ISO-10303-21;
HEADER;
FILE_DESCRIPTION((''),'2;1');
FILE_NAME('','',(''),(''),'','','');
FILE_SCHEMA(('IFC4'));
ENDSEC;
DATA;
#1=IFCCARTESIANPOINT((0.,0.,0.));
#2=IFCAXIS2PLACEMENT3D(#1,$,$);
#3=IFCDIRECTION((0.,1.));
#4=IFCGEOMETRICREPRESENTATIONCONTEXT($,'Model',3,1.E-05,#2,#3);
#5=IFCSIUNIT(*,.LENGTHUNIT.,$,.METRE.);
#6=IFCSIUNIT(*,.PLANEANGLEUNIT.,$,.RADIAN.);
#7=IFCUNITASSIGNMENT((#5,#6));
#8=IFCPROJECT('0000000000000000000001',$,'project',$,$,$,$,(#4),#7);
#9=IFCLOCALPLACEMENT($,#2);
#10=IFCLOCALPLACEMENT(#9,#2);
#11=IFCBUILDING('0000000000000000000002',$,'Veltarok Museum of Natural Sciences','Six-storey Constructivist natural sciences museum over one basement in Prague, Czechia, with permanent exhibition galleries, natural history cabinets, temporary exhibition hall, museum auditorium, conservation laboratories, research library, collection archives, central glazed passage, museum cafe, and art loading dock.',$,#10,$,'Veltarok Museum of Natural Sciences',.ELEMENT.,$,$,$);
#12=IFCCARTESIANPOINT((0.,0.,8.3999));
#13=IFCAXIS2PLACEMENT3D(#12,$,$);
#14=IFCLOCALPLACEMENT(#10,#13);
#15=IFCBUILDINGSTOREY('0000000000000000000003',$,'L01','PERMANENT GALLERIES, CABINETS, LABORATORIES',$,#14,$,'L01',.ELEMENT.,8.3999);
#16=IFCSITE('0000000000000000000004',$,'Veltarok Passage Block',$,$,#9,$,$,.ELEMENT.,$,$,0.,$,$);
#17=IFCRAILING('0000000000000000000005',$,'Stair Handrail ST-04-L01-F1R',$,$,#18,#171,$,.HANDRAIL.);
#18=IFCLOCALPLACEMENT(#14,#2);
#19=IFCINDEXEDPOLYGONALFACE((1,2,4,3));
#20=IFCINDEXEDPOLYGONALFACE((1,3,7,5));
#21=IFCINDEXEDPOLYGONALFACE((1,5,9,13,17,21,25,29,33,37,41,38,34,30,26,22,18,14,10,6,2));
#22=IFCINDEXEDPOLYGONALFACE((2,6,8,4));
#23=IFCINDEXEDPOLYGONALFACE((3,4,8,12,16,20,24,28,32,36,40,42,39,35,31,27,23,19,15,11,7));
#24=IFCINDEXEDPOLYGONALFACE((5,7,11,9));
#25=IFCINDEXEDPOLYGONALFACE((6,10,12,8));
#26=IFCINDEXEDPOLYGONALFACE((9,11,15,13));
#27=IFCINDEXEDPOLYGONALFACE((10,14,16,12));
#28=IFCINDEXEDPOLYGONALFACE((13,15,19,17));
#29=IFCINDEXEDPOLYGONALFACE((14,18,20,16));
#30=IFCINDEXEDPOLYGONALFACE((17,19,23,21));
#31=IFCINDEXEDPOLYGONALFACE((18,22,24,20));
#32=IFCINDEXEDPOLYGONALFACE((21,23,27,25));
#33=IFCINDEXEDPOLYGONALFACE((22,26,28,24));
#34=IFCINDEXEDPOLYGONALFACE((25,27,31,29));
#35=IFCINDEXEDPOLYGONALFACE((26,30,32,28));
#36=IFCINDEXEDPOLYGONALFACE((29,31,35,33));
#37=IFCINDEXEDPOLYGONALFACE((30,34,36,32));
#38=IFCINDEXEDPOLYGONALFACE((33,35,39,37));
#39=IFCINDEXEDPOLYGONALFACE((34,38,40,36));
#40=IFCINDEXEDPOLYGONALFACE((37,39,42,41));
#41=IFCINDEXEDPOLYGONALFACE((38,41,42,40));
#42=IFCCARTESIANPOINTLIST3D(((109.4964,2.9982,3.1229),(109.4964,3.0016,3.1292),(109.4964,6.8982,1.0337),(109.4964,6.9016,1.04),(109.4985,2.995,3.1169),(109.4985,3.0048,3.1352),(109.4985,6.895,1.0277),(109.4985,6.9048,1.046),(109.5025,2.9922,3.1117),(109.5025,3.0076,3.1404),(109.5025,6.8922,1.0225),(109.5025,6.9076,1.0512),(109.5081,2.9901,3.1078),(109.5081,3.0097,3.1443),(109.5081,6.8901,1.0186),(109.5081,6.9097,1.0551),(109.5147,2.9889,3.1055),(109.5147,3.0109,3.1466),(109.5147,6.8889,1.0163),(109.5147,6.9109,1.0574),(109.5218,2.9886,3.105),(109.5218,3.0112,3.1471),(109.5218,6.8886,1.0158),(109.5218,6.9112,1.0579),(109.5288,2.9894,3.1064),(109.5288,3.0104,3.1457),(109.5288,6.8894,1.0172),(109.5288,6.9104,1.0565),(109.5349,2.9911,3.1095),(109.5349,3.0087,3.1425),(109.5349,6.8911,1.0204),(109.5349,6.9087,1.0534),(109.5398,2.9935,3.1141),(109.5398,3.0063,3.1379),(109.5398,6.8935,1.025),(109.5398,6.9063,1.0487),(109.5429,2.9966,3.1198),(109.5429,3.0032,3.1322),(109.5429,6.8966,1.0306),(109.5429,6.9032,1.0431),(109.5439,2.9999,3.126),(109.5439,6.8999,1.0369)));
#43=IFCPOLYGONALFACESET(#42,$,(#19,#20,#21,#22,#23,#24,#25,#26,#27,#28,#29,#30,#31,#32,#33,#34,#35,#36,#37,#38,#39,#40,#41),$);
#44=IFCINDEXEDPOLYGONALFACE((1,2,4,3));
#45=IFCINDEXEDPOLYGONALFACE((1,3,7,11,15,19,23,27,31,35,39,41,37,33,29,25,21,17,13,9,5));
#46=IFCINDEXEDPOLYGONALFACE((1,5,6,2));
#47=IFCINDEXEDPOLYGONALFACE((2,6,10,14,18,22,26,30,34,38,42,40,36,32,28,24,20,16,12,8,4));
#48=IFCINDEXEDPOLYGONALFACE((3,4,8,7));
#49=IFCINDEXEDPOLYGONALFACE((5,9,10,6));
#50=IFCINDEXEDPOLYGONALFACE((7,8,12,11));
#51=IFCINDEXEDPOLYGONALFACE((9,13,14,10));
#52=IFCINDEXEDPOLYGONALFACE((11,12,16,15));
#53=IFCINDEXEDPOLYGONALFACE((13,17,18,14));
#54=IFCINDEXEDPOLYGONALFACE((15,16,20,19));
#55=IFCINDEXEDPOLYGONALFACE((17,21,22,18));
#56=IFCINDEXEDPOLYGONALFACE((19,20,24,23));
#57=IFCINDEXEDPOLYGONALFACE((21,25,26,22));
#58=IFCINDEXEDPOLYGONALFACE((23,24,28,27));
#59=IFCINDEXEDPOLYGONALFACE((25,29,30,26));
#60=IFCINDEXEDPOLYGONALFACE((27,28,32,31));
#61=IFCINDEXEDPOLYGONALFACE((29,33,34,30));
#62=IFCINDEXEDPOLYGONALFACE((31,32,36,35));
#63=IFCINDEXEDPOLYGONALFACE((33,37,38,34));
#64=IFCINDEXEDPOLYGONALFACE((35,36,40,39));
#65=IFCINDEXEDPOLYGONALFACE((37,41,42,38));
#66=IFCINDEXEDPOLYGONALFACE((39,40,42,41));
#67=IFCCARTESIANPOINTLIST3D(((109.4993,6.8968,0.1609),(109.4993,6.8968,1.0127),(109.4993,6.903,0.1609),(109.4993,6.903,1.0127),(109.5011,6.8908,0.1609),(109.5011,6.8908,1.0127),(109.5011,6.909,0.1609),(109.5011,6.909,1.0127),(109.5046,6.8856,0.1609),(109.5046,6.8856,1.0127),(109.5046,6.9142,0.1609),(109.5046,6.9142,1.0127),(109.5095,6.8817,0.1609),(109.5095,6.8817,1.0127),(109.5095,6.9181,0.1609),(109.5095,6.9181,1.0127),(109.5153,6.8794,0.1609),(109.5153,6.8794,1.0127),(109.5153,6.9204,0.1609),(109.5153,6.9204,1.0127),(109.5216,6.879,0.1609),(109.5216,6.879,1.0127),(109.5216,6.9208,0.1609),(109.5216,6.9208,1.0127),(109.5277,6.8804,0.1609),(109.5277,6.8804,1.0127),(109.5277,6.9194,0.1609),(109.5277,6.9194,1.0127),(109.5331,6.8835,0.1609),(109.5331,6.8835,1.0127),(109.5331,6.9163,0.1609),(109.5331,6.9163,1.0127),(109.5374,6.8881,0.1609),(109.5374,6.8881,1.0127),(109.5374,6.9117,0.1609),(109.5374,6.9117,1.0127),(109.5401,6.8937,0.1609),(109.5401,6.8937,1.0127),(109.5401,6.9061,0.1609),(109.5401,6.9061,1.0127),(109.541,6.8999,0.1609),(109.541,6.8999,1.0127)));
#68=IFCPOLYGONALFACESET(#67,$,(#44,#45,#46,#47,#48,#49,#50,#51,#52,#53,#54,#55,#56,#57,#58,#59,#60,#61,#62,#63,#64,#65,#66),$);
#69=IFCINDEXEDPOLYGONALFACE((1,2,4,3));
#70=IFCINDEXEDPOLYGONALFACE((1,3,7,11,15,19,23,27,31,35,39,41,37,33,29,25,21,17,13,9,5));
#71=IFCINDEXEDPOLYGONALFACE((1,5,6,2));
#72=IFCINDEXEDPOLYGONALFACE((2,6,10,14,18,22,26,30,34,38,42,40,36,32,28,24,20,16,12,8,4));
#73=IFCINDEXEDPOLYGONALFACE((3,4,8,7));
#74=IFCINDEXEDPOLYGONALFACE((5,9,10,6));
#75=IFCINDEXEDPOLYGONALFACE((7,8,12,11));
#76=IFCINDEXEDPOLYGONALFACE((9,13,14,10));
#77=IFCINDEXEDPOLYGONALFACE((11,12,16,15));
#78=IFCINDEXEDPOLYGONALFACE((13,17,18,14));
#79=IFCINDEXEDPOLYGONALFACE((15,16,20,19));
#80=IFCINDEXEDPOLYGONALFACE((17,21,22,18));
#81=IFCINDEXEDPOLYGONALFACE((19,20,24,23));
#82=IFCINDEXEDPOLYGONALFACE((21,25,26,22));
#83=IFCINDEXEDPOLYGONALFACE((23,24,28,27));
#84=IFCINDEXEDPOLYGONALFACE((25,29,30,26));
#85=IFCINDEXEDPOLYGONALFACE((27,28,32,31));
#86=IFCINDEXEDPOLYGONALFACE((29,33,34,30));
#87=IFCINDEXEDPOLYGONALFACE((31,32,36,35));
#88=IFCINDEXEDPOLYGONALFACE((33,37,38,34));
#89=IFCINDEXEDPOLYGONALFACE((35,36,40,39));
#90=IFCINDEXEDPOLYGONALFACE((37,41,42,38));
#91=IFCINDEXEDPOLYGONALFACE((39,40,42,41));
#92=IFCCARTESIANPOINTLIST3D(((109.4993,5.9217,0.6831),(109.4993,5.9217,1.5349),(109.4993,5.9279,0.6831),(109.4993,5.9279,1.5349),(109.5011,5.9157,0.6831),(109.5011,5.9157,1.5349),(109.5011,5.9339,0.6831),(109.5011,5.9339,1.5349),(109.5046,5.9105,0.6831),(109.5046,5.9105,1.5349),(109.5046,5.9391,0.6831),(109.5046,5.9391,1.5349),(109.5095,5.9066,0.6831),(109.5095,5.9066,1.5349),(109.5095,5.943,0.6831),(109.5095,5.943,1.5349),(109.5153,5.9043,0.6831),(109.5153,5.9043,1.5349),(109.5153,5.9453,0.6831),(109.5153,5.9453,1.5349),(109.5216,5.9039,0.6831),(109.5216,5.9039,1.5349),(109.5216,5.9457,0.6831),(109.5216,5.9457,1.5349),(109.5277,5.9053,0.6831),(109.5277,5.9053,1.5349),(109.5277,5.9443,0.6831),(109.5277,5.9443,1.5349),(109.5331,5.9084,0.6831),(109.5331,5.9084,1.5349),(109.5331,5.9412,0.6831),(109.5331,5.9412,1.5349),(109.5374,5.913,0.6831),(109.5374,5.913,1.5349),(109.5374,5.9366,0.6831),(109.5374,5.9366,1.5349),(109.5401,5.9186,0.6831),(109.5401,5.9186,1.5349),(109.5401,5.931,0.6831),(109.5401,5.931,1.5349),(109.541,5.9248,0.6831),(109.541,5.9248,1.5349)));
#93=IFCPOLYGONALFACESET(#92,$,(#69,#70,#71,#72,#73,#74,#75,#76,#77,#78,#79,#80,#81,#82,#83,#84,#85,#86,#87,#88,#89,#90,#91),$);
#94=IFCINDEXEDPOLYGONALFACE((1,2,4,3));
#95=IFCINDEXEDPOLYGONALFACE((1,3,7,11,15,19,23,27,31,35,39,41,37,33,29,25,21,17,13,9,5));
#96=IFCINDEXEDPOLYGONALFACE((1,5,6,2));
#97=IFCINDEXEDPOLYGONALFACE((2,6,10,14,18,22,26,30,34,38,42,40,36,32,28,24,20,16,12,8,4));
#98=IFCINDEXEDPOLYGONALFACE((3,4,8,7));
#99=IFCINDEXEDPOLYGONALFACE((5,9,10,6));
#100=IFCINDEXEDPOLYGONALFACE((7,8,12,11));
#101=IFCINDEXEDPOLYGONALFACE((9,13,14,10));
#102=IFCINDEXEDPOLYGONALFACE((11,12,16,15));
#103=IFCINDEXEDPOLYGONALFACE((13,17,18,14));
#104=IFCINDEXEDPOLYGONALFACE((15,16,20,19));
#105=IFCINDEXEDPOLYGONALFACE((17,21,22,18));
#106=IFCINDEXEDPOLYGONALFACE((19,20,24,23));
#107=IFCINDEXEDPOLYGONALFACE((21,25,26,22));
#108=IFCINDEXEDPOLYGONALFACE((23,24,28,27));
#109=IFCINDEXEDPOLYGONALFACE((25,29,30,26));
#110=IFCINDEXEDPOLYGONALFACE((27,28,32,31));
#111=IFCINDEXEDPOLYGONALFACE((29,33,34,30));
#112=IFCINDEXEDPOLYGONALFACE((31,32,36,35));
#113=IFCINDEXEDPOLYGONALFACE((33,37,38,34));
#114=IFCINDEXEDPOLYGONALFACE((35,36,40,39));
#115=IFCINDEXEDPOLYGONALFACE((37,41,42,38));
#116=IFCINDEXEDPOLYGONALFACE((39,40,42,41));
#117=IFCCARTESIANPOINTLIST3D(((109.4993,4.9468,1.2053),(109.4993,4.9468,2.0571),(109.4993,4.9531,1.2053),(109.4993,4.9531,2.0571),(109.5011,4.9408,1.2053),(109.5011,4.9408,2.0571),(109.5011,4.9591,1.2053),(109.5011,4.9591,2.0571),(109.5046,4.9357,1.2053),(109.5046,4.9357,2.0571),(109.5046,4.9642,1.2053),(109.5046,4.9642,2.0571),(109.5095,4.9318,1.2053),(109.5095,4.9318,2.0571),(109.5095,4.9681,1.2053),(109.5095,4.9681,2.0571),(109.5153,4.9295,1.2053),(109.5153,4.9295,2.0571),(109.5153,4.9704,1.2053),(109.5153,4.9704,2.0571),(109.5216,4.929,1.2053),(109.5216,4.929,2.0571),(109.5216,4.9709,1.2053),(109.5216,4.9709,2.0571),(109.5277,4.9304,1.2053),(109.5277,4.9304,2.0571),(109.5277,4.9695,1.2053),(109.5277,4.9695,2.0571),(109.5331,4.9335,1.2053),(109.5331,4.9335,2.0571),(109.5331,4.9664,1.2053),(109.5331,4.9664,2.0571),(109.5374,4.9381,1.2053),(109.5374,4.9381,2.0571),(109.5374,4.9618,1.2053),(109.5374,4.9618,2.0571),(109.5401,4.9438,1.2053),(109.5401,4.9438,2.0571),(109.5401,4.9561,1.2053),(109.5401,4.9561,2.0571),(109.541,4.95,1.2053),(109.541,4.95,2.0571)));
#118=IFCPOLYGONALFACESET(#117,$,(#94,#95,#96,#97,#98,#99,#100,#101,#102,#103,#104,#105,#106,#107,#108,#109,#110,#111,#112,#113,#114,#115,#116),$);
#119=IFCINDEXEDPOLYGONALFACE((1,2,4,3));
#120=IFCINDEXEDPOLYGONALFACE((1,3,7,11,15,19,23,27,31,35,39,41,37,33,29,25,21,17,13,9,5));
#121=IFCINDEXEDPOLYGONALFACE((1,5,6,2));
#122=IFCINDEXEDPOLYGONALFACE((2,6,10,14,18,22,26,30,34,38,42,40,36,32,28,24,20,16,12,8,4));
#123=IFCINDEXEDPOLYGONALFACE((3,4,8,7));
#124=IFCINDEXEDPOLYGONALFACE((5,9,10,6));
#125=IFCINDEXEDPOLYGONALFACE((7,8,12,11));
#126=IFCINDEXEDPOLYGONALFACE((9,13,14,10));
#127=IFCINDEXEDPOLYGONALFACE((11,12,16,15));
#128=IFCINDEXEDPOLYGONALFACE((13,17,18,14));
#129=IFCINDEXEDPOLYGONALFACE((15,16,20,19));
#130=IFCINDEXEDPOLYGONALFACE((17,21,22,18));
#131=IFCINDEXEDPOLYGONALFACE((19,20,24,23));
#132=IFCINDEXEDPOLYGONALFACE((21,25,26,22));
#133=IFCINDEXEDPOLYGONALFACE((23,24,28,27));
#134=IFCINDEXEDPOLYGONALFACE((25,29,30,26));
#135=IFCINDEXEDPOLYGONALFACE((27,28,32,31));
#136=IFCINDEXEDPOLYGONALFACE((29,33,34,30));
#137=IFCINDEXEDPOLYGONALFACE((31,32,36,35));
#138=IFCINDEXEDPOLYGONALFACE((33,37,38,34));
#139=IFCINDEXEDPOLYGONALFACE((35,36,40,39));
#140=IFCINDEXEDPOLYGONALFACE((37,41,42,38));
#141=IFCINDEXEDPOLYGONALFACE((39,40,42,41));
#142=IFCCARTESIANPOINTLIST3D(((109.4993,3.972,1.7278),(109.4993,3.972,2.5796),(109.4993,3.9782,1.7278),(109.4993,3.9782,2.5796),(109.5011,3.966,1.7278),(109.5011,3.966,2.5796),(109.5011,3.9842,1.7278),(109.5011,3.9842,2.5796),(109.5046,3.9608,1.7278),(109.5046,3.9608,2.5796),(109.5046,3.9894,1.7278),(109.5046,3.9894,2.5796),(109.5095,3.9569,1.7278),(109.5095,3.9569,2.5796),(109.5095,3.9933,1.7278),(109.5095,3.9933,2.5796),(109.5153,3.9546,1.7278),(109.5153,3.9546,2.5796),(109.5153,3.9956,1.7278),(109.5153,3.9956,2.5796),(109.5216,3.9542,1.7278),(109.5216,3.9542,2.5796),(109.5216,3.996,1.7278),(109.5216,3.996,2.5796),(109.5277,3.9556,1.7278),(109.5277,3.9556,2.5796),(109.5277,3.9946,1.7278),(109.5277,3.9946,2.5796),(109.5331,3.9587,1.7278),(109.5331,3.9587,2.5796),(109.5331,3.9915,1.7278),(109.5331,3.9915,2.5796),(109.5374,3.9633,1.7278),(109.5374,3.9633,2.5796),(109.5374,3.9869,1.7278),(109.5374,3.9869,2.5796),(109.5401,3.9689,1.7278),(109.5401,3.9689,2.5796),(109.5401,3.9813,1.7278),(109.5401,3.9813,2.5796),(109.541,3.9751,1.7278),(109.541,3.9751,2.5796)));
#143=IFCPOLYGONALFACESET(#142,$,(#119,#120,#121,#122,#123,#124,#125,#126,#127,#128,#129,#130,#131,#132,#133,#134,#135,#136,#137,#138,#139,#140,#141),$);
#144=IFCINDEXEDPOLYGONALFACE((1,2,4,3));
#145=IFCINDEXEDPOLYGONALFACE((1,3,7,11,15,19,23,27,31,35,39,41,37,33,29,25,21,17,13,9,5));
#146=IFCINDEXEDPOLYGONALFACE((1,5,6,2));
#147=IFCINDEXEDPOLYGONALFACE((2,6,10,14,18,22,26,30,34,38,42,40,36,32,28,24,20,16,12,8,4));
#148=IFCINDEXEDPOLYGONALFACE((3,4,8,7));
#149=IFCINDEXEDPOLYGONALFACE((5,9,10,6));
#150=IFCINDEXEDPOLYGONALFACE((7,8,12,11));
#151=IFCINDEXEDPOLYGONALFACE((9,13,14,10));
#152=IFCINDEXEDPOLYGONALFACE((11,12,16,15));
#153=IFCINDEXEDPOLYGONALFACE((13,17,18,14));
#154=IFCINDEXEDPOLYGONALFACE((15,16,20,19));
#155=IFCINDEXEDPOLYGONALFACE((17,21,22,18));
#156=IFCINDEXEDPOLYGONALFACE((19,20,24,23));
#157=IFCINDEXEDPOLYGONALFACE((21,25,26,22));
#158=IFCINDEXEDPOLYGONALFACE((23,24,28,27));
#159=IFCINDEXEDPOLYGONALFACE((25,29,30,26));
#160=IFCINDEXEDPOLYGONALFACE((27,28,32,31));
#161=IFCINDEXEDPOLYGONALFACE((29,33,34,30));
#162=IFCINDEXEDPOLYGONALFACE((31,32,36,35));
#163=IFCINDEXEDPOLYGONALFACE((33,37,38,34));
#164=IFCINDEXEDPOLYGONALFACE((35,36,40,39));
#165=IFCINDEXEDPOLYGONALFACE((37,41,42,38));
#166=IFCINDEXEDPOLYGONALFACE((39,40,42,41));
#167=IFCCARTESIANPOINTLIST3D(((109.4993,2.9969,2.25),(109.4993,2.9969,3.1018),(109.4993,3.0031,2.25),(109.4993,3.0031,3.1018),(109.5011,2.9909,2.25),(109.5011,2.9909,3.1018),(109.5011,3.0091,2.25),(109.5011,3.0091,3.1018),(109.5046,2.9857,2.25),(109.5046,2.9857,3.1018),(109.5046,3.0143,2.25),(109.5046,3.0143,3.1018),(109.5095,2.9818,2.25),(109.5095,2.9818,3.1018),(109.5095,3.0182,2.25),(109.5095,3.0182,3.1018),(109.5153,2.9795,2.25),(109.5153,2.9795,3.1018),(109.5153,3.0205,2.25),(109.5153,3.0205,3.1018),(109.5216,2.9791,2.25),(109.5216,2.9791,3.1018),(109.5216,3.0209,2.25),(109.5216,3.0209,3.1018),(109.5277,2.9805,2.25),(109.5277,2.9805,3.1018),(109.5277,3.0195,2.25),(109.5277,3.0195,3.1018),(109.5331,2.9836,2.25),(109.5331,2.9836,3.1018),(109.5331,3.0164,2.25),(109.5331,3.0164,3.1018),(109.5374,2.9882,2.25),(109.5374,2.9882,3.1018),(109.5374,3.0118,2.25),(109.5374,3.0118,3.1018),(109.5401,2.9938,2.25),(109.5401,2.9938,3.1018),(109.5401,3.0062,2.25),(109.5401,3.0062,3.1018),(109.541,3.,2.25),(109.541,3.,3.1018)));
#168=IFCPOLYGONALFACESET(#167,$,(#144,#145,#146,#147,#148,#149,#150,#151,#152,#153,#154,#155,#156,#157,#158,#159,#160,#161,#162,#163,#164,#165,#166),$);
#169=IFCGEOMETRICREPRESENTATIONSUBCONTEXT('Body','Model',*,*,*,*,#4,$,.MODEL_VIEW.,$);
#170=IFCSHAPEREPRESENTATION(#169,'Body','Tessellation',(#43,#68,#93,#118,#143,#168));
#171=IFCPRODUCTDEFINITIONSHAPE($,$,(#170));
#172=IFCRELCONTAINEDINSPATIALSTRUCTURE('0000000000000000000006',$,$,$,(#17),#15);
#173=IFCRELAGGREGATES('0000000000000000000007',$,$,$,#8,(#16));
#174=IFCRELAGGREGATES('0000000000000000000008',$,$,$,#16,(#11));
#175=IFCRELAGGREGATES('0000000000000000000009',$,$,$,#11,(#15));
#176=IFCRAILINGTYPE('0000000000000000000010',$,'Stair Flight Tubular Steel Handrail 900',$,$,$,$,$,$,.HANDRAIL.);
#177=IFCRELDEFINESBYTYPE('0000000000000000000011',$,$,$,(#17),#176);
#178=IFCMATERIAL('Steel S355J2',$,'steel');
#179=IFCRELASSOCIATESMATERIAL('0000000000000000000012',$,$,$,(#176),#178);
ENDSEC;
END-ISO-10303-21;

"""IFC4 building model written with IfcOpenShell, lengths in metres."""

from ifc_helpers import new_model, si_unit, direction, frame, origin, origin_2d, place, context, subcontext, project, spatial, circle, extrude, material, type_object, element, save


model = new_model("IFC4")

# Units and contexts
model_context = context("Model", 3, precision=1e-05, world=origin(), true_north=direction((0.0, 1.0)))
body_context = subcontext(model_context, "Body", "Model", "MODEL_VIEW")
ifc_project = project(units=[si_unit("LENGTHUNIT", "METRE"), si_unit("PLANEANGLEUNIT", "RADIAN")], contexts=[model_context])

# Site, building, storey
site_placement = place(None, origin())
site = spatial("IfcSite", under=ifc_project, at=site_placement, Name="Veltarok Passage Block", CompositionType="ELEMENT", RefElevation=0.0)
building_placement = place(site_placement, origin())
building = spatial("IfcBuilding", under=site, at=building_placement, Name="Veltarok Museum of Natural Sciences", Description="Six-storey Constructivist natural sciences museum over one basement in Prague, Czechia, with permanent exhibition galleries, natural history cabinets, temporary exhibition hall, museum auditorium, conservation laboratories, research library, collection archives, central glazed passage, museum cafe, and art loading dock.", LongName="Veltarok Museum of Natural Sciences", CompositionType="ELEMENT")
storey_placement = place(building_placement, frame((0.0, 0.0, 8.3999)))
storey = spatial("IfcBuildingStorey", under=building, at=storey_placement, Name="L01", Description="PERMANENT GALLERIES, CABINETS, LABORATORIES", LongName="L01", CompositionType="ELEMENT", Elevation=8.3999)

# Shared definitions
ifc_material_1 = material(Name="Steel S355J2", Category="steel")

# Railing
railing_type_1 = type_object("IfcRailingType", Name="Stair Flight Tubular Steel Handrail 900", PredefinedType="HANDRAIL", material=ifc_material_1)
for number, where, name in (
    (1, (109.52, 6.8999, 0.1609), "Stair Handrail ST-04-L01-F1R"),
):
    element("IfcRailing", number, at=place(storey_placement, frame(where)), inside=storey, type_object=railing_type_1, Name=name, PredefinedType="HANDRAIL", context=body_context, shape_type="SweptSolid", body=[
        extrude(circle(Radius=0.0239, at=origin_2d()), frame((0.0, 0.0, 0.876), z_axis=(0.0, -0.881491, 0.4722), x_axis=(1.0, 0.0, 0.0)), (0.0, 0.0, 1.0), 4.4243),
        extrude(circle(Radius=0.021, at=origin_2d()), origin(), (0.0, 0.0, 1.0), 0.8518),
        extrude(circle(Radius=0.021, at=origin_2d()), frame((0.0, -0.9751, 0.5222)), (0.0, 0.0, 1.0), 0.8518),
        extrude(circle(Radius=0.021, at=origin_2d()), frame((0.0, -1.95, 1.0444)), (0.0, 0.0, 1.0), 0.8518),
        extrude(circle(Radius=0.021, at=origin_2d()), frame((0.0, -2.9248, 1.5669)), (0.0, 0.0, 1.0), 0.8518),
        extrude(circle(Radius=0.021, at=origin_2d()), frame((0.0, -3.8999, 2.0891)), (0.0, 0.0, 1.0), 0.8518),
    ])

save(model, "model.ifc")
